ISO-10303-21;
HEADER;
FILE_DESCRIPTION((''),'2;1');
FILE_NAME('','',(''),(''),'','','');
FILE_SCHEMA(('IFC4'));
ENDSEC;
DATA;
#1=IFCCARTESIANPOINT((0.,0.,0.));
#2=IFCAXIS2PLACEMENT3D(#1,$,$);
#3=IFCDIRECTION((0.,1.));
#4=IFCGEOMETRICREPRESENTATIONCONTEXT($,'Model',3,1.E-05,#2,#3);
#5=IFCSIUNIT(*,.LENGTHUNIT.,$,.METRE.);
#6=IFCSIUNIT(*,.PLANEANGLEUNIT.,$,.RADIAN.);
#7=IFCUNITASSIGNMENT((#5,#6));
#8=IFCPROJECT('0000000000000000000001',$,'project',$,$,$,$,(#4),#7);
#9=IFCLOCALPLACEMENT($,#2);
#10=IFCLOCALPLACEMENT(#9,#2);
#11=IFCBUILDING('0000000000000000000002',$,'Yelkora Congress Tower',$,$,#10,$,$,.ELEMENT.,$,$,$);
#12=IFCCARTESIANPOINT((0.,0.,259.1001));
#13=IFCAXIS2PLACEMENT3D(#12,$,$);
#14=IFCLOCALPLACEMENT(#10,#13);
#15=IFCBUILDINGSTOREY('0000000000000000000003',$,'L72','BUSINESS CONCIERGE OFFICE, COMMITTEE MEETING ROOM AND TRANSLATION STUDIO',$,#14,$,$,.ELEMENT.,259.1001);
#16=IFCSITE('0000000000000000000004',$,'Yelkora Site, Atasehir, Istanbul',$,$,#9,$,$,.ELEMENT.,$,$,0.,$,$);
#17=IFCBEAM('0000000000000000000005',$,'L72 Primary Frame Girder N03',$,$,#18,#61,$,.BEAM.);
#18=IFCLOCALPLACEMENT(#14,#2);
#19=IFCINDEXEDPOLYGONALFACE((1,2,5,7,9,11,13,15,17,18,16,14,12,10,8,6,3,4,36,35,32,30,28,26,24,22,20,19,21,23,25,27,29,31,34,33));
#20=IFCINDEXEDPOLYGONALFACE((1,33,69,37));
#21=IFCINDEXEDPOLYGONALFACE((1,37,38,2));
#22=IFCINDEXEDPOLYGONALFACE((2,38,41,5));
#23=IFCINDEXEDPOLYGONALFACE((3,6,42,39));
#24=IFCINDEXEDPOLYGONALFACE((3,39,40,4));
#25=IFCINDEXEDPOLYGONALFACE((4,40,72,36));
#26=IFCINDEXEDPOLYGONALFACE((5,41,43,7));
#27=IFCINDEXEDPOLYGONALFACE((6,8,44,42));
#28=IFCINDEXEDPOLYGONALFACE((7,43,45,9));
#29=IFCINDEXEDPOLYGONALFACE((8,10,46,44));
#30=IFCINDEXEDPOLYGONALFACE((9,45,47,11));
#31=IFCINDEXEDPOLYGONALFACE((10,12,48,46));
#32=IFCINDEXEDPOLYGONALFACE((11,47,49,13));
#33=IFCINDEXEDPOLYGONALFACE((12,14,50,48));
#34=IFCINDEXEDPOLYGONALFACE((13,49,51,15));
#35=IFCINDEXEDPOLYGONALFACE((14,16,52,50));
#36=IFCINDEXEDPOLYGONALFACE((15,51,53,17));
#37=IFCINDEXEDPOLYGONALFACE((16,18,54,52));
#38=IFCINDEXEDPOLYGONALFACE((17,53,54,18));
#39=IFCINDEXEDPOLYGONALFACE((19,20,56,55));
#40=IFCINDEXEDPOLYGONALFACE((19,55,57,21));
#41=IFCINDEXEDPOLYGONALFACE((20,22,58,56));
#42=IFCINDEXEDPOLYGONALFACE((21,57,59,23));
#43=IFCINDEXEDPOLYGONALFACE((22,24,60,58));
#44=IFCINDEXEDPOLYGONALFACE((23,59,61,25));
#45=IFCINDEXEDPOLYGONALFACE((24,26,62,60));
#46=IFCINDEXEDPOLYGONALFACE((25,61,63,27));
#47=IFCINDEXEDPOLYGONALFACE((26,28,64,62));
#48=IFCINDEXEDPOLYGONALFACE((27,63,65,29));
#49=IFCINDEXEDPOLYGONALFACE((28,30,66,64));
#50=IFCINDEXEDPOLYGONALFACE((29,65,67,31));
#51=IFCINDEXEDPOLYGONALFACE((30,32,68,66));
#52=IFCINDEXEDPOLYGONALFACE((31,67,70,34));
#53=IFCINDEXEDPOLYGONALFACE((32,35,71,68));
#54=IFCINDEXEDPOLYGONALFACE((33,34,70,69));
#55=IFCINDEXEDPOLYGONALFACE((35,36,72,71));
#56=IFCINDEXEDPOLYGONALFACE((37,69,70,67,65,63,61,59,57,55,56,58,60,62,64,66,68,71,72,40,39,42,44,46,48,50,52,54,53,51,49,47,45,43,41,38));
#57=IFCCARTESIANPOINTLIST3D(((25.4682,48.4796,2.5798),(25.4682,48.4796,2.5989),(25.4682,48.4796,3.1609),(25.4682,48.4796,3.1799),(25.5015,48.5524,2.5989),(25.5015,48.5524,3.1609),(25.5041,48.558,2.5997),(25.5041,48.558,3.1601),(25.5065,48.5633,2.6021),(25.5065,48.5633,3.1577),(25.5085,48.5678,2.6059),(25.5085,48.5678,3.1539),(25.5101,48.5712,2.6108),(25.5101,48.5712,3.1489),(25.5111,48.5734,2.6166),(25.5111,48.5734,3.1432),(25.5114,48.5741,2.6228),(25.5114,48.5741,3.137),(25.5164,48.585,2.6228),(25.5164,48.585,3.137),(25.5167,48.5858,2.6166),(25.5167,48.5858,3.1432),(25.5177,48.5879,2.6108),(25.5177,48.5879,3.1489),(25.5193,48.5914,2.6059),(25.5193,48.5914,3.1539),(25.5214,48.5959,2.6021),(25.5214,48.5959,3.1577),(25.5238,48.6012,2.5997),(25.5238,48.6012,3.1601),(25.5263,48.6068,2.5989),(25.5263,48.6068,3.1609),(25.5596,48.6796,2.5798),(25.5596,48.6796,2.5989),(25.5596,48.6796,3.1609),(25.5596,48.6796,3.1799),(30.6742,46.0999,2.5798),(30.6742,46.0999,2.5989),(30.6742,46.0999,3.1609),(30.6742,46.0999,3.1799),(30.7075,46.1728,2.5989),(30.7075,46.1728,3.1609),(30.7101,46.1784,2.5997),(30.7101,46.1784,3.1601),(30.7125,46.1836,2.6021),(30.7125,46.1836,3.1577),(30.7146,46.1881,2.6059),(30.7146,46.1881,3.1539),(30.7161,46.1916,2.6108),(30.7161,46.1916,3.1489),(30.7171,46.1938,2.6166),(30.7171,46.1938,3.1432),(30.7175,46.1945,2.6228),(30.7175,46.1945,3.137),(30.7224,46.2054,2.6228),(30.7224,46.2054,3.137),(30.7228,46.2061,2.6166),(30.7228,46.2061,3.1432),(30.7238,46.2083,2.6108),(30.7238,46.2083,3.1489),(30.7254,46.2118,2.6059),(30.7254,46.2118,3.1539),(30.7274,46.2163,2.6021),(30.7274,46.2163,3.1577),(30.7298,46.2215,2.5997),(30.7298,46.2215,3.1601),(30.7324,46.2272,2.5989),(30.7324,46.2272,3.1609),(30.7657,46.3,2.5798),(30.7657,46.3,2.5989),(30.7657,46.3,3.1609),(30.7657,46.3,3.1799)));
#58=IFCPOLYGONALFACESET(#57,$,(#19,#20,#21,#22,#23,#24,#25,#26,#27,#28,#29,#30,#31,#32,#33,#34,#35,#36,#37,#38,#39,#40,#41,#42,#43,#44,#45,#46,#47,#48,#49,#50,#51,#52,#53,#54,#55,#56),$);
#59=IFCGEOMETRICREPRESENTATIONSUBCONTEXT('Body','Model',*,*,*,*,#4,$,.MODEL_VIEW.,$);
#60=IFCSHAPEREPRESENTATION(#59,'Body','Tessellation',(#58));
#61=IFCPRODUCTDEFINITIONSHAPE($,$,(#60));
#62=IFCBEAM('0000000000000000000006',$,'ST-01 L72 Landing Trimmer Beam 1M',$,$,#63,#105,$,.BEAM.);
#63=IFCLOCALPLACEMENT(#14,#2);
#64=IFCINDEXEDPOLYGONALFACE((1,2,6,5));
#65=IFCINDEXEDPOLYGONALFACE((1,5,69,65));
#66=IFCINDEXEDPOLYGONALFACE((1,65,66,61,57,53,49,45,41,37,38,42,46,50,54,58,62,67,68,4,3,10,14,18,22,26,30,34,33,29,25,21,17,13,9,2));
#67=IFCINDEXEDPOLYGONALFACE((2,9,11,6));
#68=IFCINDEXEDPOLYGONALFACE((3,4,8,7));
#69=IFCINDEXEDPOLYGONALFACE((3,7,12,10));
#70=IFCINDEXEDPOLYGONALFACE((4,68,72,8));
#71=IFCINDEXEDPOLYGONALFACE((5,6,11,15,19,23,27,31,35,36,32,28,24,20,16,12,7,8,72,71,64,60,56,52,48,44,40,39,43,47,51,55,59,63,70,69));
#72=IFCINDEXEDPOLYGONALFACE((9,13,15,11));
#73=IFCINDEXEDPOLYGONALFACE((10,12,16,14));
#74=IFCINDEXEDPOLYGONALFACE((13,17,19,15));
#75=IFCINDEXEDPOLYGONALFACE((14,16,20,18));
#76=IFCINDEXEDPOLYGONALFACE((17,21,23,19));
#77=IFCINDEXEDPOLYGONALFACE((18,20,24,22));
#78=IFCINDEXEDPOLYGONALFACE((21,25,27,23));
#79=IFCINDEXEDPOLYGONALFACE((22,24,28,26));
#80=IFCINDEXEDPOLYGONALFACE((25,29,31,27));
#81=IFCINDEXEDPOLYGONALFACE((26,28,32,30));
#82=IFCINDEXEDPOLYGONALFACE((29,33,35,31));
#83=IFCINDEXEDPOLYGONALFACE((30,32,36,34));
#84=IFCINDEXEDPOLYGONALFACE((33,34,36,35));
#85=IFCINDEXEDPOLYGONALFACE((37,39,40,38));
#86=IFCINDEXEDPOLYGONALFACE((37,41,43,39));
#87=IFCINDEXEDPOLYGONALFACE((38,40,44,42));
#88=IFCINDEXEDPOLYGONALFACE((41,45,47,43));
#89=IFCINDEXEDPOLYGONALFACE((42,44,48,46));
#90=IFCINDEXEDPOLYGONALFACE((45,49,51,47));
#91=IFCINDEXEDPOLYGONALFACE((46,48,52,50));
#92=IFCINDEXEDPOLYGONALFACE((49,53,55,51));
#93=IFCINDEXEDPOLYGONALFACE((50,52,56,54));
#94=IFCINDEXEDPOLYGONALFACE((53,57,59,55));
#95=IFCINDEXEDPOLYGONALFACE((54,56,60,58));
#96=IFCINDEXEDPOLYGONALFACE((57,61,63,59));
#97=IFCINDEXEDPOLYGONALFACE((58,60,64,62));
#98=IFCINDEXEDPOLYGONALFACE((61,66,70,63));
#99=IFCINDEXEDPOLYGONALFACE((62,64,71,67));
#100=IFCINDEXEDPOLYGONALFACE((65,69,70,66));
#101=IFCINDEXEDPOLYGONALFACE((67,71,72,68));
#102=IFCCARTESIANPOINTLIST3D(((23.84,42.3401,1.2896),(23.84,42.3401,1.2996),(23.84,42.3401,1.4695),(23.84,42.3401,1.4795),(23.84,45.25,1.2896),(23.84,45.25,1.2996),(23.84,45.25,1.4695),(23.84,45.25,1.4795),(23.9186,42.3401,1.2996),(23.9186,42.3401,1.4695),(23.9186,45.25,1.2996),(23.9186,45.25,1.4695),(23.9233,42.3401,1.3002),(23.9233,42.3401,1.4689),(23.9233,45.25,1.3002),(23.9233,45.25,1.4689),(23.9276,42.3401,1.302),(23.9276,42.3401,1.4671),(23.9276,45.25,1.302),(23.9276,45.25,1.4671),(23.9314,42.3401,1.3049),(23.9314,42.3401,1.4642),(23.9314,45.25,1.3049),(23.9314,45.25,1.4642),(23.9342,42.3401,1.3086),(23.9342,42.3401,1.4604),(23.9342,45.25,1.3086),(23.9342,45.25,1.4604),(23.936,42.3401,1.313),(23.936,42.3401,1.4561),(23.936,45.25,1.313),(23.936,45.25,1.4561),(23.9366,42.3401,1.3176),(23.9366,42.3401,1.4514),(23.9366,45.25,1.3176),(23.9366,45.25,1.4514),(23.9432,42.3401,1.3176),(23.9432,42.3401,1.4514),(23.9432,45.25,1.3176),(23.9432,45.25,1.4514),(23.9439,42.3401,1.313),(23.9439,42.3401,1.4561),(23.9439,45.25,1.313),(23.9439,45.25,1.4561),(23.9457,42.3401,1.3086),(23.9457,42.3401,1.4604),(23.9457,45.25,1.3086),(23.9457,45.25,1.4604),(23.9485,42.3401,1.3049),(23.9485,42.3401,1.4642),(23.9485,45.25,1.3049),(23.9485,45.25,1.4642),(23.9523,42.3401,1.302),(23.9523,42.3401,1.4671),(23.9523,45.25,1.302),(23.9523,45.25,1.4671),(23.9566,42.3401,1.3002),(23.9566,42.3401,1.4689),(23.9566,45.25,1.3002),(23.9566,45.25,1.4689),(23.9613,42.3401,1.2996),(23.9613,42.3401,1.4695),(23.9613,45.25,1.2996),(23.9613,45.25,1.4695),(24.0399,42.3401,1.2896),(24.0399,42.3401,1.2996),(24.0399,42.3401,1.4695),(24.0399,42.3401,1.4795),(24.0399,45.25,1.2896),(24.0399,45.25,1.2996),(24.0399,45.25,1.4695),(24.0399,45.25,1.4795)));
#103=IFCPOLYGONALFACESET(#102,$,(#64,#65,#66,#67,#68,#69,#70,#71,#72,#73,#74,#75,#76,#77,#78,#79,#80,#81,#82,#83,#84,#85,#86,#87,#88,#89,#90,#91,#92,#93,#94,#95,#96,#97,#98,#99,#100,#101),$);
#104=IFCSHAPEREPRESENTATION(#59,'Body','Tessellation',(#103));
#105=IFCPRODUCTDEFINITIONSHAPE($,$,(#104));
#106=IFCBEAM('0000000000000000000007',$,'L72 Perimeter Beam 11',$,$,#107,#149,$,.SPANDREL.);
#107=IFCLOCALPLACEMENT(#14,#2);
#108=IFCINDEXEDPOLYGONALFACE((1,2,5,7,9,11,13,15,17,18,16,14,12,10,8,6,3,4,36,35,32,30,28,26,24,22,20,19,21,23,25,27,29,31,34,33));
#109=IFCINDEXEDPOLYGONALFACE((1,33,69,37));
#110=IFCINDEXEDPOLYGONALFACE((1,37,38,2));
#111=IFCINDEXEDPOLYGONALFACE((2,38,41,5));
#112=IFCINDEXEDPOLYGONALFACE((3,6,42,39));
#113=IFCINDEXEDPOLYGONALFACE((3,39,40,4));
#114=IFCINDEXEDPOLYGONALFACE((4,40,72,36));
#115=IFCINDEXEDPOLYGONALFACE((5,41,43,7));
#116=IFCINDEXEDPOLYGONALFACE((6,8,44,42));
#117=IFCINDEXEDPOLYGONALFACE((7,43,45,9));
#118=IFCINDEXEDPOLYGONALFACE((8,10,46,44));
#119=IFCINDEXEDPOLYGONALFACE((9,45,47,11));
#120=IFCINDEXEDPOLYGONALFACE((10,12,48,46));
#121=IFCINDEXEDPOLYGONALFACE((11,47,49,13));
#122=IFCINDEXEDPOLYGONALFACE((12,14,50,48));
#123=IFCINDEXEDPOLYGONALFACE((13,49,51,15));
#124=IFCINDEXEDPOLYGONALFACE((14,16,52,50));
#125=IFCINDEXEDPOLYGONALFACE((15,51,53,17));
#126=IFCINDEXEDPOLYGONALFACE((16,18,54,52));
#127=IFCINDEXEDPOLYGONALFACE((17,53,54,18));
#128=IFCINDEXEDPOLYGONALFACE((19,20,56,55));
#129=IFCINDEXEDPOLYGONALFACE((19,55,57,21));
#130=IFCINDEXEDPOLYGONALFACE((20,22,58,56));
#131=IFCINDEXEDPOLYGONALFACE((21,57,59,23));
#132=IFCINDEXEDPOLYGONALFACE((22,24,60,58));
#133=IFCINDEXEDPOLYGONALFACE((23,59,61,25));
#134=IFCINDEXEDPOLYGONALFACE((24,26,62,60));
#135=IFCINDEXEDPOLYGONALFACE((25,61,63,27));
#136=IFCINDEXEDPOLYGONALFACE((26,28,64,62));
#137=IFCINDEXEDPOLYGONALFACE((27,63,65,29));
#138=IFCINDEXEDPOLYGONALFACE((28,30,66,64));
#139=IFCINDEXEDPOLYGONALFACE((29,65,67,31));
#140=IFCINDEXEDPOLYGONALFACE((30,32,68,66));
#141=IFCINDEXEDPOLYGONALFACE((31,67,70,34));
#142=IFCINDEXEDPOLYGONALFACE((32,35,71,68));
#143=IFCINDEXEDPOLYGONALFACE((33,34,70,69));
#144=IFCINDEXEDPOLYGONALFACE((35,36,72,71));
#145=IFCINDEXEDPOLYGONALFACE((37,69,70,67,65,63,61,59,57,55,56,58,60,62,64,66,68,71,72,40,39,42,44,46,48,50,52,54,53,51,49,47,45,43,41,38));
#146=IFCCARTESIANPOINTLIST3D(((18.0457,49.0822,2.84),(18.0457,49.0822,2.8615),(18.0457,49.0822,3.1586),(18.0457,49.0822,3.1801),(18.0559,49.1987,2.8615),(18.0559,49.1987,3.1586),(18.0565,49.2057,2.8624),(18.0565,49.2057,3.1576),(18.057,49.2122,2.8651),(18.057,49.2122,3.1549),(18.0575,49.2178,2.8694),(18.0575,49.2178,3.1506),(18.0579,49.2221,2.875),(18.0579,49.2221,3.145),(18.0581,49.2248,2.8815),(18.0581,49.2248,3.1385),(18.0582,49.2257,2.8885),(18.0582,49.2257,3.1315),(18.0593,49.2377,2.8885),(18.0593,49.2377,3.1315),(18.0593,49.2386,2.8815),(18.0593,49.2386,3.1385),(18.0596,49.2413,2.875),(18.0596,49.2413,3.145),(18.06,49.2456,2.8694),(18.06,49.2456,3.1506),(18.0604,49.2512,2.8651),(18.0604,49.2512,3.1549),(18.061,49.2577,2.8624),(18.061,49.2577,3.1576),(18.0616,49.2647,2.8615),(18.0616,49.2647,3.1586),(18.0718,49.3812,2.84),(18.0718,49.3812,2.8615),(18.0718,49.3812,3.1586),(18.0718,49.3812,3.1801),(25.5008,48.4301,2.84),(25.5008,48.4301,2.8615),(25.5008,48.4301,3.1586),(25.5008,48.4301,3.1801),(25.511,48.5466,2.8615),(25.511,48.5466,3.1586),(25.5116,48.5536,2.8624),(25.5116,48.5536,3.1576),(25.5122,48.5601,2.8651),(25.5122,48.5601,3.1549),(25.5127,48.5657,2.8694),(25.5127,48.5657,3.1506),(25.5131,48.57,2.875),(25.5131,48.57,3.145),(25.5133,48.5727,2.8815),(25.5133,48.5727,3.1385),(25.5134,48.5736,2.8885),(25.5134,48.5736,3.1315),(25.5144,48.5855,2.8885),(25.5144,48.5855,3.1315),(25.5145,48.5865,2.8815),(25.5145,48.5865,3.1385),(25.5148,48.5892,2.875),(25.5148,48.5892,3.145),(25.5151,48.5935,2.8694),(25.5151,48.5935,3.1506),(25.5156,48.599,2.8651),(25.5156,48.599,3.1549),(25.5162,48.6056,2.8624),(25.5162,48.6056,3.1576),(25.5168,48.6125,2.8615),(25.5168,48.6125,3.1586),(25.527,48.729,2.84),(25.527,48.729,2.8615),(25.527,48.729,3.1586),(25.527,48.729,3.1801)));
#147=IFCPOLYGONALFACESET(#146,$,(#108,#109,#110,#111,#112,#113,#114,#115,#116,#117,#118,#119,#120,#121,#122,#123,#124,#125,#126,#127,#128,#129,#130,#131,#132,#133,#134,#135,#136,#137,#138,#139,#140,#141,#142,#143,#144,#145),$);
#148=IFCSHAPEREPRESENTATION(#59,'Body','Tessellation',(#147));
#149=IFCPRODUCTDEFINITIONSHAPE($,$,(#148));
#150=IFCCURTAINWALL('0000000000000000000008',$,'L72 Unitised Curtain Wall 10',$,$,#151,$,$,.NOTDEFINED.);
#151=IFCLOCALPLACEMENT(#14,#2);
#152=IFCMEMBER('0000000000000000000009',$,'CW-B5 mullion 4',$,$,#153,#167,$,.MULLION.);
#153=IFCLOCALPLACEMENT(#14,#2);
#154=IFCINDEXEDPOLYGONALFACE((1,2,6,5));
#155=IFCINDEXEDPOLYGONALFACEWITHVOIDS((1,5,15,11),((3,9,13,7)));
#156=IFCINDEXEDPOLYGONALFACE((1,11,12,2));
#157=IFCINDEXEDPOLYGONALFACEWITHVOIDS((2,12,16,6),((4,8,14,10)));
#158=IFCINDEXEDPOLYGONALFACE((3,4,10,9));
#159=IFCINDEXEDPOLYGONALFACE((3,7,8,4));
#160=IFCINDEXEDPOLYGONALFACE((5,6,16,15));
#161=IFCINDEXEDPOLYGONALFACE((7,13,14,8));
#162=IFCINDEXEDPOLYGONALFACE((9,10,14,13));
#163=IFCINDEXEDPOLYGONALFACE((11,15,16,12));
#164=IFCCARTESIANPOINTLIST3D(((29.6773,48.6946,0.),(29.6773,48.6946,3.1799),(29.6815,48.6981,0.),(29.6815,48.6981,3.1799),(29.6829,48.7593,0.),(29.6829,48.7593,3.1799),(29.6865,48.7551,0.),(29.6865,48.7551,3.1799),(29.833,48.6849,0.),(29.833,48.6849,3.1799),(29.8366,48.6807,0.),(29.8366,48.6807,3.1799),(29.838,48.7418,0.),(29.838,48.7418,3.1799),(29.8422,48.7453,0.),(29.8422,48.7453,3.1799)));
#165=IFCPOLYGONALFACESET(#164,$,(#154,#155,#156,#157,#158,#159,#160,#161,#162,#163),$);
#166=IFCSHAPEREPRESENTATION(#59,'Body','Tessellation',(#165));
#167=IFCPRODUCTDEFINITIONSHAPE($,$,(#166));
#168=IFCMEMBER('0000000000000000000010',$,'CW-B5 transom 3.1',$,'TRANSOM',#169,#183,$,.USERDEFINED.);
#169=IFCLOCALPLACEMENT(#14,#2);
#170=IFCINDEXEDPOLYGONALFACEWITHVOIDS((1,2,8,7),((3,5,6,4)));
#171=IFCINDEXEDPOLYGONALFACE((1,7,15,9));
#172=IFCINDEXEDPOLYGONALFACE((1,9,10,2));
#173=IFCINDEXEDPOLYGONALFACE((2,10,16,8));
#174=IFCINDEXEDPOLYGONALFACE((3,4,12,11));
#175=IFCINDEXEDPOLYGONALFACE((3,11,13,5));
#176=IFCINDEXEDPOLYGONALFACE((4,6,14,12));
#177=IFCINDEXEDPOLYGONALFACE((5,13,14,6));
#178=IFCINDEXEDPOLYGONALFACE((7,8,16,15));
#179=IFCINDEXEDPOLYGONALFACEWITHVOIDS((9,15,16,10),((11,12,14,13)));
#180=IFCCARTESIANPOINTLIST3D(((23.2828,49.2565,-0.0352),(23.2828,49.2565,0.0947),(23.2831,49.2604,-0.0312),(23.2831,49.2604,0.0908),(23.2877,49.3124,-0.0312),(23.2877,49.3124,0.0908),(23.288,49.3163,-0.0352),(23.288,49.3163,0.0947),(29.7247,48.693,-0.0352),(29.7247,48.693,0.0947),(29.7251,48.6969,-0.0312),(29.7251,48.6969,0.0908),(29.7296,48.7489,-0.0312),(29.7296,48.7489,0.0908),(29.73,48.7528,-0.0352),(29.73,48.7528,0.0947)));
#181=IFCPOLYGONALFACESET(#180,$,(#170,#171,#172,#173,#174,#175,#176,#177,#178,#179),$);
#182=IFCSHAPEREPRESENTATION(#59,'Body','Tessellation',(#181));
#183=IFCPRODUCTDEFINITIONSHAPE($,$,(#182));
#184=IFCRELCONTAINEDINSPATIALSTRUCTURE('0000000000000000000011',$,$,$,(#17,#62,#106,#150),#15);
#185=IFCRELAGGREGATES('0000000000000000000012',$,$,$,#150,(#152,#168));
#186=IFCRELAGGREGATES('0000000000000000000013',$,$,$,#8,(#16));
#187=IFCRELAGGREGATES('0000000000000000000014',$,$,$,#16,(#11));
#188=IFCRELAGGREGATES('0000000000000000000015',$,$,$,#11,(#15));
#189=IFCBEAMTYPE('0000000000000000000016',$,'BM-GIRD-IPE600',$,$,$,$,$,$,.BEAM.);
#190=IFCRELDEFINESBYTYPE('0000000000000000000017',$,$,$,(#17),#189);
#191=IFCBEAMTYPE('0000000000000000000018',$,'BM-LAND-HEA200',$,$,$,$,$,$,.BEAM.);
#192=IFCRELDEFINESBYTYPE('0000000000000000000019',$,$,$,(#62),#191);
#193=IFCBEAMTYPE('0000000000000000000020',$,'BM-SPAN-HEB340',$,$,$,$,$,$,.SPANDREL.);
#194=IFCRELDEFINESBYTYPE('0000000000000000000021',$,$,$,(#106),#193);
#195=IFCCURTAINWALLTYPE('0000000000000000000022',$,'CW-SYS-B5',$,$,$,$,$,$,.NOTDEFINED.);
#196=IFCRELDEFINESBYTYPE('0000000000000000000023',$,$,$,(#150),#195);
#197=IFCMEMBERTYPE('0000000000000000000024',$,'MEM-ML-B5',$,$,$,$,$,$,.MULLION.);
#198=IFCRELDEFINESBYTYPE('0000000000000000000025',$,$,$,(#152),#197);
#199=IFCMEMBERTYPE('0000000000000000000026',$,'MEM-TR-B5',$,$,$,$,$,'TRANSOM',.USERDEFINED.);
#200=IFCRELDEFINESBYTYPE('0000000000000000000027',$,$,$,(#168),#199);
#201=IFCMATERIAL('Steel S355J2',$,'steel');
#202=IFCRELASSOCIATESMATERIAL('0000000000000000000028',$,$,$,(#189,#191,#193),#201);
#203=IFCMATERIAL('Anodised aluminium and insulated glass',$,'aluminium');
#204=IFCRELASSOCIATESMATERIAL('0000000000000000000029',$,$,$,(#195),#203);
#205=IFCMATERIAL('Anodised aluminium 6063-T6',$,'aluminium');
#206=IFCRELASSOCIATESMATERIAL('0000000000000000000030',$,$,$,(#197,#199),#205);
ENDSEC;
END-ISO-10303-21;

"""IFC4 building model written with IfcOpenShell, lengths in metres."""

from ifc_helpers import new_model, si_unit, direction, frame, origin, origin_2d, place, context, subcontext, project, spatial, hollow_rectangle, i_section, extrude, material, material_profile, profile_set, type_object, element, aggregate, save


model = new_model("IFC4")

# Units and contexts
model_context = context("Model", 3, precision=1e-05, world=origin(), true_north=direction((0.0, 1.0)))
body_context = subcontext(model_context, "Body", "Model", "MODEL_VIEW")
ifc_project = project(units=[si_unit("LENGTHUNIT", "METRE"), si_unit("PLANEANGLEUNIT", "RADIAN")], contexts=[model_context])

# Site, building, storey
site_placement = place(None, origin())
site = spatial("IfcSite", under=ifc_project, at=site_placement, Name="Yelkora Site, Atasehir, Istanbul", CompositionType="ELEMENT", RefElevation=0.0)
building_placement = place(site_placement, origin())
building = spatial("IfcBuilding", under=site, at=building_placement, Name="Yelkora Congress Tower", CompositionType="ELEMENT")
storey_placement = place(building_placement, frame((0.0, 0.0, 259.1001)))
storey = spatial("IfcBuildingStorey", under=building, at=storey_placement, Name="L72", Description="BUSINESS CONCIERGE OFFICE, COMMITTEE MEETING ROOM AND TRANSLATION STUDIO", CompositionType="ELEMENT", Elevation=259.1001)

# Shared definitions
ifc_material_1 = material(Name="Steel S355J2", Category="steel")

# Beams
ifc_material_profile_1 = material_profile(ifc_material_1, i_section(OverallWidth=0.22, OverallDepth=0.6001, WebThickness=0.012, FlangeThickness=0.019, FilletRadius=0.0239, at=origin_2d()), Name="IPE 600")
ifc_profile_set_1 = profile_set([ifc_material_profile_1], Name="Steel S355J2")
beam_type_1 = type_object("IfcBeamType", Name="BM-GIRD-IPE600", PredefinedType="BEAM", material=ifc_profile_set_1)
beam_1_placement = place(storey_placement, frame((25.5139, 48.5796, 2.8799), z_axis=(0.909492, -0.41572, 0.0), x_axis=(0.41572, 0.909492, 0.0)))
element("IfcBeam", 1, at=beam_1_placement, inside=storey, type_object=beam_type_1, Name="L72 Primary Frame Girder N03", PredefinedType="BEAM", context=body_context, shape_type="SweptSolid", body=[
    extrude(i_section(OverallWidth=0.22, OverallDepth=0.6001, WebThickness=0.012, FlangeThickness=0.019, FilletRadius=0.0239, at=origin_2d()), origin(), (0.0, 0.0, 1.0), 5.7241),
])
ifc_material_profile_2 = material_profile(ifc_material_1, i_section(OverallWidth=0.2, OverallDepth=0.1899, WebThickness=0.0066, FlangeThickness=0.01, FilletRadius=0.0181, at=origin_2d()), Name="HEA 200")
ifc_profile_set_2 = profile_set([ifc_material_profile_2], Name="Steel S355J2")
beam_type_2 = type_object("IfcBeamType", Name="BM-LAND-HEA200", PredefinedType="BEAM", material=ifc_profile_set_2)
beam_2_placement = place(storey_placement, frame((23.9399, 42.3401, 1.3845), z_axis=(0.0, 1.0, 0.0), x_axis=(-1.0, 0.0, 0.0)))
element("IfcBeam", 2, at=beam_2_placement, inside=storey, type_object=beam_type_2, Name="ST-01 L72 Landing Trimmer Beam 1M", PredefinedType="BEAM", context=body_context, shape_type="SweptSolid", body=[
    extrude(i_section(OverallWidth=0.2, OverallDepth=0.1899, WebThickness=0.0066, FlangeThickness=0.01, FilletRadius=0.0181, at=origin_2d()), origin(), (0.0, 0.0, 1.0), 2.9099),
])
ifc_material_profile_3 = material_profile(ifc_material_1, i_section(OverallWidth=0.3, OverallDepth=0.3401, WebThickness=0.012, FlangeThickness=0.0215, FilletRadius=0.0271, at=origin_2d()), Name="HEB 340")
ifc_profile_set_3 = profile_set([ifc_material_profile_3], Name="Steel S355J2")
beam_type_3 = type_object("IfcBeamType", Name="BM-SPAN-HEB340", PredefinedType="SPANDREL", material=ifc_profile_set_3)
beam_3_placement = place(storey_placement, frame((25.5139, 48.5796, 3.01), z_axis=(-0.996196, 0.087138, 0.0), x_axis=(-0.087138, -0.996196, 0.0)))
element("IfcBeam", 3, at=beam_3_placement, inside=storey, type_object=beam_type_3, Name="L72 Perimeter Beam 11", PredefinedType="SPANDREL", context=body_context, shape_type="SweptSolid", body=[
    extrude(i_section(OverallWidth=0.3, OverallDepth=0.3401, WebThickness=0.012, FlangeThickness=0.0215, FilletRadius=0.0271, at=origin_2d()), origin(), (0.0, 0.0, 1.0), 7.4836),
])

# Curtain wall, members
ifc_material_2 = material(Name="Anodised aluminium and insulated glass", Category="aluminium")
curtain_wall_type = type_object("IfcCurtainWallType", Name="CW-SYS-B5", PredefinedType="NOTDEFINED", material=ifc_material_2)
curtain_wall_placement = place(storey_placement, origin())
curtain_wall = element("IfcCurtainWall", 4, at=curtain_wall_placement, inside=storey, type_object=curtain_wall_type, Name="L72 Unitised Curtain Wall 10", PredefinedType="NOTDEFINED")
ifc_material_3 = material(Name="Anodised aluminium 6063-T6", Category="aluminium")
ifc_material_profile_4 = material_profile(ifc_material_3, hollow_rectangle(XDim=0.0649, YDim=0.1599, WallThickness=0.0039, at=origin_2d()), Name="ALU 65x160x4")
ifc_profile_set_4 = profile_set([ifc_material_profile_4], Name="Anodised aluminium 6063-T6")
member_type_1 = type_object("IfcMemberType", Name="MEM-ML-B5", PredefinedType="MULLION", material=ifc_profile_set_4)
member_1_placement = place(storey_placement, frame((29.7598, 48.72, 0.0), z_axis=(0.0, 0.0, 1.0), x_axis=(0.087157, 0.996195, 0.0)))
member_1 = element("IfcMember", 5, at=member_1_placement, type_object=member_type_1, Name="CW-B5 mullion 4", PredefinedType="MULLION", context=body_context, shape_type="SweptSolid", body=[
    extrude(hollow_rectangle(XDim=0.0649, YDim=0.1599, WallThickness=0.0039, at=origin_2d()), origin(), (0.0, 0.0, 1.0), 3.1799),
])
ifc_material_profile_5 = material_profile(ifc_material_3, hollow_rectangle(XDim=0.0601, YDim=0.1299, WallThickness=0.0039, at=origin_2d()), Name="ALU 60x130x4")
ifc_profile_set_5 = profile_set([ifc_material_profile_5], Name="Anodised aluminium 6063-T6")
member_type_2 = type_object("IfcMemberType", Name="MEM-TR-B5", ElementType="TRANSOM", PredefinedType="USERDEFINED", material=ifc_profile_set_5)
member_2_placement = place(storey_placement, frame((23.2854, 49.2864, 0.0298), z_axis=(0.996196, -0.087138, 0.0), x_axis=(0.087138, 0.996196, 0.0)))
member_2 = element("IfcMember", 6, at=member_2_placement, type_object=member_type_2, Name="CW-B5 transom 3.1", ObjectType="TRANSOM", PredefinedType="USERDEFINED", context=body_context, shape_type="SweptSolid", body=[
    extrude(hollow_rectangle(XDim=0.0601, YDim=0.1299, WallThickness=0.0039, at=origin_2d()), origin(), (0.0, 0.0, 1.0), 6.4666),
])
aggregate(curtain_wall, [member_1, member_2])

save(model, "model.ifc")
